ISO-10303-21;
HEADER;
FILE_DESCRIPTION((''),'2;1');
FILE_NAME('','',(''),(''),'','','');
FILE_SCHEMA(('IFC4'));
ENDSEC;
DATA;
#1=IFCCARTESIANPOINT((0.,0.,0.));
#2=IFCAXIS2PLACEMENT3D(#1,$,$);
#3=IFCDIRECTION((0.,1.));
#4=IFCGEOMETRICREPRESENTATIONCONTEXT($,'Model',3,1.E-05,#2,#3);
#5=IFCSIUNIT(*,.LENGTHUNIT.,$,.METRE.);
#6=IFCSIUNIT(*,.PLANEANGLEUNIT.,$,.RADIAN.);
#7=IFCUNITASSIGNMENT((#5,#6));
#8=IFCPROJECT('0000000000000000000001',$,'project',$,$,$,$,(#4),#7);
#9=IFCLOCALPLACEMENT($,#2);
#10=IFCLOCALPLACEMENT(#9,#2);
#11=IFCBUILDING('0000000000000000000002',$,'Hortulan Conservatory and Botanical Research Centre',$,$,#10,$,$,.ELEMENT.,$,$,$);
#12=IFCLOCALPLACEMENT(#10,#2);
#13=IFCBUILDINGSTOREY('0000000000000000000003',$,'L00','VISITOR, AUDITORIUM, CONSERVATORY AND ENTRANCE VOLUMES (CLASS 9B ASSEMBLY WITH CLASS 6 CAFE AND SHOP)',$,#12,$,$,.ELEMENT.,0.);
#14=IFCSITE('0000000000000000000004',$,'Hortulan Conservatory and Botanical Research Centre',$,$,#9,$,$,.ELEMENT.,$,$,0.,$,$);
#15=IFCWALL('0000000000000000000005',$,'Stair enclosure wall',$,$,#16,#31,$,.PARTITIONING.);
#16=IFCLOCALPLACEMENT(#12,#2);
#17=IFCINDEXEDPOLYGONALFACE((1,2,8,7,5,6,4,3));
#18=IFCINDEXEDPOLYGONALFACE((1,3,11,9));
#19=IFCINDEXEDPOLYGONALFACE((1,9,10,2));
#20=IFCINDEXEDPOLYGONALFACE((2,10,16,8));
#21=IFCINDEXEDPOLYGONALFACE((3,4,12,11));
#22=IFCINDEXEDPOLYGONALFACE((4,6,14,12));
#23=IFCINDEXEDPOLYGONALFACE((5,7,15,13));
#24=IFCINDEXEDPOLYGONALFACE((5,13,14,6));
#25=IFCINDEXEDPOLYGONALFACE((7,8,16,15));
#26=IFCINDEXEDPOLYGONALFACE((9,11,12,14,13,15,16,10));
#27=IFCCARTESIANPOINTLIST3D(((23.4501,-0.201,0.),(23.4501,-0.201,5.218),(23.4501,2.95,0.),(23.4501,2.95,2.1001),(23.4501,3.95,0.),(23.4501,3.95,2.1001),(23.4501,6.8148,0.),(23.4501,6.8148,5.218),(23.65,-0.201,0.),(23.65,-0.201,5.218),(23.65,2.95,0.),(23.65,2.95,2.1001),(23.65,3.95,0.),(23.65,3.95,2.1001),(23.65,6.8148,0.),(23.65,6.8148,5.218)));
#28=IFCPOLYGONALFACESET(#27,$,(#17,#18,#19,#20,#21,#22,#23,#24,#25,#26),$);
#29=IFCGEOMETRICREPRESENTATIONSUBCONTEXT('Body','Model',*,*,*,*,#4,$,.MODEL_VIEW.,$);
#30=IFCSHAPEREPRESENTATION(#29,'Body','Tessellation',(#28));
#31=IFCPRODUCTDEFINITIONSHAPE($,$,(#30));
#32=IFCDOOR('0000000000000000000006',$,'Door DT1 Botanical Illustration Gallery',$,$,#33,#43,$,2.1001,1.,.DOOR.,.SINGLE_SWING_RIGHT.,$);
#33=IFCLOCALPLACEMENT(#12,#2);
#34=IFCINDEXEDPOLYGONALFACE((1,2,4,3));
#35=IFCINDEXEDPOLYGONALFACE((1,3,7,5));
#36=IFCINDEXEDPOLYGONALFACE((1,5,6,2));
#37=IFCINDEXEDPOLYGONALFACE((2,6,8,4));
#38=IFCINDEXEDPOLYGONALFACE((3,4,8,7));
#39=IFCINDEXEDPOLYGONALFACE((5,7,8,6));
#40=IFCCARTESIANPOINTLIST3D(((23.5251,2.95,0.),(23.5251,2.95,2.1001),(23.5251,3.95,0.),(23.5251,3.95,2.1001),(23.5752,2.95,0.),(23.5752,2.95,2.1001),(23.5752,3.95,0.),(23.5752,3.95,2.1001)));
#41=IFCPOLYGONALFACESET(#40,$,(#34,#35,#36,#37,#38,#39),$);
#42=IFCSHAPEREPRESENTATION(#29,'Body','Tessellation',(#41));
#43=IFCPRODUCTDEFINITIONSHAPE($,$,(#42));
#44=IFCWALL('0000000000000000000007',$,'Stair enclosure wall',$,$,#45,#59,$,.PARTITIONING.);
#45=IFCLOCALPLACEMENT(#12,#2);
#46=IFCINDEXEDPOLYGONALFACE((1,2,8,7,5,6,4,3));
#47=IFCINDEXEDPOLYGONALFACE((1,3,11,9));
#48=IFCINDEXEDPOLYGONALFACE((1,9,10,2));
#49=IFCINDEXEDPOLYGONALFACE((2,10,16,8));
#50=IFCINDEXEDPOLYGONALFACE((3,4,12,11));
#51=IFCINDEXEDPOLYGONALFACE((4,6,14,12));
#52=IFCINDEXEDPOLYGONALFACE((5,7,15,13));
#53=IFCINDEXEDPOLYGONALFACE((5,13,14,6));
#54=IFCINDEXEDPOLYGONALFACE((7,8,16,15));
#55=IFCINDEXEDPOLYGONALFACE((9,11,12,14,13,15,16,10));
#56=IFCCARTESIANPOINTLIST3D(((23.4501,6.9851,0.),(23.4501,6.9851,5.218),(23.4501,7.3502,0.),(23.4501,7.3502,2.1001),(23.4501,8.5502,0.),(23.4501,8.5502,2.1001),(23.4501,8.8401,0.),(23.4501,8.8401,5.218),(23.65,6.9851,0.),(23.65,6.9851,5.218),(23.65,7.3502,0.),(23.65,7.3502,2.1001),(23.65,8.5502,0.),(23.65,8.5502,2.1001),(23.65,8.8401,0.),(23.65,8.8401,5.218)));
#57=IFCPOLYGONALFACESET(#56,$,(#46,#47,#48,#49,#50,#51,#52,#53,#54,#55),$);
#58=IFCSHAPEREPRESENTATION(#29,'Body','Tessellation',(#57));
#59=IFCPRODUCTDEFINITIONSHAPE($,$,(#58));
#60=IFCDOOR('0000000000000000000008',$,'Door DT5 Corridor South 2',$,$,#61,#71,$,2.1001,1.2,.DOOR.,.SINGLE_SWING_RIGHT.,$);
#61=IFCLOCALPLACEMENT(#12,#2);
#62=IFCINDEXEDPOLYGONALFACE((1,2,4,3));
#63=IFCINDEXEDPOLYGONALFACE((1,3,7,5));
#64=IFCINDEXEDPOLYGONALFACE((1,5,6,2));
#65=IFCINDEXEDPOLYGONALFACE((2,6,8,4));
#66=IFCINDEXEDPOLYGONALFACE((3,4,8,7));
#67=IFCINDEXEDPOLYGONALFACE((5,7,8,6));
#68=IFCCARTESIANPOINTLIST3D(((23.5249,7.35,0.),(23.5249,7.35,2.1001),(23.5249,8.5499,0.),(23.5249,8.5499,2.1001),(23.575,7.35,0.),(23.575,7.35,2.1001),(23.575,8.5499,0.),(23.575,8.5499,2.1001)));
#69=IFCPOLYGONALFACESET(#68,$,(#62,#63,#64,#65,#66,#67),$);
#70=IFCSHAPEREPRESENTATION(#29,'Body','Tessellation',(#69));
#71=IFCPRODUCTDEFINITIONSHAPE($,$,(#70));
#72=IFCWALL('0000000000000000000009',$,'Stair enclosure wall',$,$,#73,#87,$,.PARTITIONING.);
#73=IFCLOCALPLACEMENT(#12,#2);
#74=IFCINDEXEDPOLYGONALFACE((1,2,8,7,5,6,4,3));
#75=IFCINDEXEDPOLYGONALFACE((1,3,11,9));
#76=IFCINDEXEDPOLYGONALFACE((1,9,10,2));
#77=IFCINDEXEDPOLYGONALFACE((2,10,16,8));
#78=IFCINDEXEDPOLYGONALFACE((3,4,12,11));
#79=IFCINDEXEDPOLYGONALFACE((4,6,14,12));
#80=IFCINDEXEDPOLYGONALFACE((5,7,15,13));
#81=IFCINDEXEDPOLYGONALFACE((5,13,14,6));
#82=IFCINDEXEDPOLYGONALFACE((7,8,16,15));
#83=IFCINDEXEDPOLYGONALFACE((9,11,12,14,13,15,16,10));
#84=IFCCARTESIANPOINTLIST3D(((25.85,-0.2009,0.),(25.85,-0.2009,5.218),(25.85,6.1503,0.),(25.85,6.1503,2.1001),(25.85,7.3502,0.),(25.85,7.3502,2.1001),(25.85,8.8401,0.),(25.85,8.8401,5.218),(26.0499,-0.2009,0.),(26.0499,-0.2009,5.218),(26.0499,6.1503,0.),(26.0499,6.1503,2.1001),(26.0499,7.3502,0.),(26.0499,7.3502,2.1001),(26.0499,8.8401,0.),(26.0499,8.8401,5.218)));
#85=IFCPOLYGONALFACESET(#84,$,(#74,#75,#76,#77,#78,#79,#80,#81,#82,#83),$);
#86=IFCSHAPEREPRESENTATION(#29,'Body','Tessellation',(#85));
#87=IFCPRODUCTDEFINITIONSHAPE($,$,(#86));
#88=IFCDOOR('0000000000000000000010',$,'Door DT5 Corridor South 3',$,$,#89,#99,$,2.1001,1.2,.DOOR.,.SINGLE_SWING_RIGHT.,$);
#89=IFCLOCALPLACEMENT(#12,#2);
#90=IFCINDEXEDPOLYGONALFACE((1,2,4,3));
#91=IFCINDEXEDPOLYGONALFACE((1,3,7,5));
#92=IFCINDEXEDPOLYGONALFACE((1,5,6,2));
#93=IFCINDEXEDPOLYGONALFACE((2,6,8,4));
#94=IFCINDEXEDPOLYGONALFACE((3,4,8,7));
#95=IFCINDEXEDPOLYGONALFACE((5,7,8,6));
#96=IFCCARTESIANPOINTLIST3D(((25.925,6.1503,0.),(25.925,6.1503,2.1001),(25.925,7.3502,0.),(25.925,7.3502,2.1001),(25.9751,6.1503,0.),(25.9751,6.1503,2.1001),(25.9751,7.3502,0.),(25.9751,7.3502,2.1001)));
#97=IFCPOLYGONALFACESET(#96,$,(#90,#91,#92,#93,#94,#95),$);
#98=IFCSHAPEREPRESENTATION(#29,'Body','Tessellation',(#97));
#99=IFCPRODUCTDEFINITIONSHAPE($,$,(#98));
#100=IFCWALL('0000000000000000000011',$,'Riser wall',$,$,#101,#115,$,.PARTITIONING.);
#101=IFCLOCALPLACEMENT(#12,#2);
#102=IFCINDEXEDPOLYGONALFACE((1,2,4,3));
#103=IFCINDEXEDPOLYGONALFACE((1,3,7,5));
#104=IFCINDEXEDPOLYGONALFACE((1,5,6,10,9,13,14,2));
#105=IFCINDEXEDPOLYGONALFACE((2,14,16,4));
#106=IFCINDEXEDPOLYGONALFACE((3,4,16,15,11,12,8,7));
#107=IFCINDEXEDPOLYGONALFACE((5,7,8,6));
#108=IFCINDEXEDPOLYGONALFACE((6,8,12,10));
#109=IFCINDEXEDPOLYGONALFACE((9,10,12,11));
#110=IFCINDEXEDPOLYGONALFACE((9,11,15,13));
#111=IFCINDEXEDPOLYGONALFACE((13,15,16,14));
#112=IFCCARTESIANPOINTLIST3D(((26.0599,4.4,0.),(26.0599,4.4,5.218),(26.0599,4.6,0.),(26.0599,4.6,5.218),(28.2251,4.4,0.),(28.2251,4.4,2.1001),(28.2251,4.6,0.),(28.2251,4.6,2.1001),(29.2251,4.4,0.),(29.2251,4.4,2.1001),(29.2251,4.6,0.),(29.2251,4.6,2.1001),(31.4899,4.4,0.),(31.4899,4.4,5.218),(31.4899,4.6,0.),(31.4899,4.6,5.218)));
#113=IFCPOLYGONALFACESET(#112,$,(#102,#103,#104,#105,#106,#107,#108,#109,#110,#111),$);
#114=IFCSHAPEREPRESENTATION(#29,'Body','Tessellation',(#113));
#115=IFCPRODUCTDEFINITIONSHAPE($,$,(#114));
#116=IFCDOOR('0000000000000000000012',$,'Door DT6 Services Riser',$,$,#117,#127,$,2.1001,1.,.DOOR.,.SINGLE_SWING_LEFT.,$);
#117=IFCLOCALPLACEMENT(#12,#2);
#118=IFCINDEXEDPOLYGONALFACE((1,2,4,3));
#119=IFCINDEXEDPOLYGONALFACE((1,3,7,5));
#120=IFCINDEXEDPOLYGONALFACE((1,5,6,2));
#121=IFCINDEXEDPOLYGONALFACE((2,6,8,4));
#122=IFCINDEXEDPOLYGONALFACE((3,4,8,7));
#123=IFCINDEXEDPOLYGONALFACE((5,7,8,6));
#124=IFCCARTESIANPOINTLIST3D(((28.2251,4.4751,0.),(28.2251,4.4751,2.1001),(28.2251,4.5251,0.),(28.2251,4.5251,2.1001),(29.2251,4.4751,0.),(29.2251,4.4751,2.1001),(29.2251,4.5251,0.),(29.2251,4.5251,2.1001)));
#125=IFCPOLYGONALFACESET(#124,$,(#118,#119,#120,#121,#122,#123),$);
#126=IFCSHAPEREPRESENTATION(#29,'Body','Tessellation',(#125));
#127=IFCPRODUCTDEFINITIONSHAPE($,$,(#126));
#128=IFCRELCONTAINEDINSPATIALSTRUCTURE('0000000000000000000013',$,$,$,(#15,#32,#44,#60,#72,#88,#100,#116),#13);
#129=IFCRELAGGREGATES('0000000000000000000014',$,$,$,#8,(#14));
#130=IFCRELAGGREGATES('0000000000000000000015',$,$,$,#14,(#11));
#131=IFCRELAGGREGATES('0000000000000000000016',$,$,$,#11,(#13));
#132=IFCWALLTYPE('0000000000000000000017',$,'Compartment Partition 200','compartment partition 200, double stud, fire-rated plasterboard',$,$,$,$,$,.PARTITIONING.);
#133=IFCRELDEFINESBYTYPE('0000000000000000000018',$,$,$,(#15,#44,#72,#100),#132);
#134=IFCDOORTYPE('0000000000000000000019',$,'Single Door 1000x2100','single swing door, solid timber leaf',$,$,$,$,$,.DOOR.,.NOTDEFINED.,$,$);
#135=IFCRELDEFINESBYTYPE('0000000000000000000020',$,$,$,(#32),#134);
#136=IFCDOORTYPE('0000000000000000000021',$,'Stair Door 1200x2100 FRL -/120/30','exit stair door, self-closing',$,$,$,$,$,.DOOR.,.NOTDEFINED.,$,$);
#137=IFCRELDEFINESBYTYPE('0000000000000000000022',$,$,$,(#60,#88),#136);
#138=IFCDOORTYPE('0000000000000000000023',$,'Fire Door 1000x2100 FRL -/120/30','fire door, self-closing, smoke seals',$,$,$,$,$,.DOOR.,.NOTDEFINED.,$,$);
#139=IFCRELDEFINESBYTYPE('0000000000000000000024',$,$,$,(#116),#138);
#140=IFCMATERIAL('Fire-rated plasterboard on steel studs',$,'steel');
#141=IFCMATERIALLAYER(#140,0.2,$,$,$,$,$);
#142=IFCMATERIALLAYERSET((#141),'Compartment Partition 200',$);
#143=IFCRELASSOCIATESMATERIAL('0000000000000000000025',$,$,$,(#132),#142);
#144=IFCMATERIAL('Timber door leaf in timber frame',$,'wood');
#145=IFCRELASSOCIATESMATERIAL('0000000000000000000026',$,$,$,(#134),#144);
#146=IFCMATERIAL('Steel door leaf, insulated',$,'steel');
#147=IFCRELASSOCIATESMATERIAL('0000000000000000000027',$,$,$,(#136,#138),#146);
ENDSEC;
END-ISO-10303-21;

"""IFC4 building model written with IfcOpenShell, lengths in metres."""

from ifc_helpers import new_model, si_unit, direction, frame, frame_2d, origin, place, context, subcontext, project, spatial, rectangle, extrude, material, layer, layer_set, type_object, element, fill, save


model = new_model("IFC4")

# Units and contexts
model_context = context("Model", 3, precision=1e-05, world=origin(), true_north=direction((0.0, 1.0)))
body_context = subcontext(model_context, "Body", "Model", "MODEL_VIEW")
ifc_project = project(units=[si_unit("LENGTHUNIT", "METRE"), si_unit("PLANEANGLEUNIT", "RADIAN")], contexts=[model_context])

# Site, building, storey
site_placement = place(None, origin())
site = spatial("IfcSite", under=ifc_project, at=site_placement, Name="Hortulan Conservatory and Botanical Research Centre", CompositionType="ELEMENT", RefElevation=0.0)
building_placement = place(site_placement, origin())
building = spatial("IfcBuilding", under=site, at=building_placement, Name="Hortulan Conservatory and Botanical Research Centre", CompositionType="ELEMENT")
storey_placement = place(building_placement, origin())
storey = spatial("IfcBuildingStorey", under=building, at=storey_placement, Name="L00", Description="VISITOR, AUDITORIUM, CONSERVATORY AND ENTRANCE VOLUMES (CLASS 9B ASSEMBLY WITH CLASS 6 CAFE AND SHOP)", CompositionType="ELEMENT", Elevation=0.0)

# Walls, openings, doors
ifc_material_1 = material(Name="Fire-rated plasterboard on steel studs", Category="steel")
ifc_layer_1 = layer(ifc_material_1, 0.2)
ifc_layer_set_1 = layer_set([ifc_layer_1], Name="Compartment Partition 200")
wall_type_1 = type_object("IfcWallType", Name="Compartment Partition 200", Description="compartment partition 200, double stud, fire-rated plasterboard", PredefinedType="PARTITIONING", material=ifc_layer_set_1)
wall_1_placement = place(storey_placement, frame((23.55, -0.2009, 0.0), z_axis=(0.0, 0.0, 1.0), x_axis=(0.0, 1.0, 0.0)))
wall_1 = element("IfcWall", 1, at=wall_1_placement, inside=storey, type_object=wall_type_1, Name="Stair enclosure wall", PredefinedType="PARTITIONING", context=body_context, shape_type="SweptSolid", body=[
    extrude(rectangle(XDim=7.0159, YDim=0.2, at=frame_2d((3.5078, 0.0))), origin(), (0.0, 0.0, 1.0), 5.218),
])
opening_1_placement = place(wall_1_placement, frame((3.1509, 0.0, 0.0)))
opening_1 = element("IfcOpeningElement", 2, at=opening_1_placement, cuts=wall_1, PredefinedType="OPENING", context=body_context, shape_type="SweptSolid", body=[
    extrude(rectangle(XDim=1.0, YDim=2.1001, at=frame_2d((0.5, 1.05))), frame((0.0, 0.1099, 0.0), z_axis=(0.0, -1.0, 0.0), x_axis=(1.0, 0.0, 0.0)), (0.0, 0.0, 1.0), 0.22),
])
ifc_material_2 = material(Name="Timber door leaf in timber frame", Category="wood")
door_type_1 = type_object("IfcDoorType", Name="Single Door 1000x2100", Description="single swing door, solid timber leaf", OperationType="NOTDEFINED", PredefinedType="DOOR", material=ifc_material_2)
door_1_placement = place(opening_1_placement, origin())
door_1 = element("IfcDoor", 3, at=door_1_placement, inside=storey, type_object=door_type_1, Name="Door DT1 Botanical Illustration Gallery", OperationType="SINGLE_SWING_RIGHT", OverallHeight=2.1001, OverallWidth=1.0, PredefinedType="DOOR", context=body_context, shape_type="SweptSolid", body=[
    extrude(rectangle(XDim=1.0, YDim=2.1001, at=frame_2d((0.5, 1.05))), frame((0.0, 0.0249, 0.0), z_axis=(0.0, -1.0, 0.0), x_axis=(1.0, 0.0, 0.0)), (0.0, 0.0, 1.0), 0.05),
])
fill(opening_1, door_1)
wall_2_placement = place(storey_placement, frame((23.55, 6.9851, 0.0), z_axis=(0.0, 0.0, 1.0), x_axis=(0.0, 1.0, 0.0)))
wall_2 = element("IfcWall", 4, at=wall_2_placement, inside=storey, type_object=wall_type_1, Name="Stair enclosure wall", PredefinedType="PARTITIONING", context=body_context, shape_type="SweptSolid", body=[
    extrude(rectangle(XDim=1.855, YDim=0.2, at=frame_2d((0.9275, 0.0))), origin(), (0.0, 0.0, 1.0), 5.218),
])
opening_2_placement = place(wall_2_placement, frame((0.365, 0.0, 0.0)))
opening_2 = element("IfcOpeningElement", 5, at=opening_2_placement, cuts=wall_2, PredefinedType="OPENING", context=body_context, shape_type="SweptSolid", body=[
    extrude(rectangle(XDim=1.2, YDim=2.1001, at=frame_2d((0.6001, 1.05))), frame((0.0, 0.1099, 0.0), z_axis=(0.0, -1.0, 0.0), x_axis=(1.0, 0.0, 0.0)), (0.0, 0.0, 1.0), 0.22),
])
ifc_material_3 = material(Name="Steel door leaf, insulated", Category="steel")
door_type_2 = type_object("IfcDoorType", Name="Stair Door 1200x2100 FRL -/120/30", Description="exit stair door, self-closing", OperationType="NOTDEFINED", PredefinedType="DOOR", material=ifc_material_3)
door_2_placement = place(opening_2_placement, frame((1.2, 0.0, 0.0), z_axis=(0.0, 0.0, 1.0), x_axis=(-1.0, 0.0, 0.0)))
door_2 = element("IfcDoor", 6, at=door_2_placement, inside=storey, type_object=door_type_2, Name="Door DT5 Corridor South 2", OperationType="SINGLE_SWING_RIGHT", OverallHeight=2.1001, OverallWidth=1.2, PredefinedType="DOOR", context=body_context, shape_type="SweptSolid", body=[
    extrude(rectangle(XDim=1.2, YDim=2.1001, at=frame_2d((0.6001, 1.05))), frame((0.0, 0.0249, 0.0), z_axis=(0.0, -1.0, 0.0), x_axis=(1.0, 0.0, 0.0)), (0.0, 0.0, 1.0), 0.05),
])
fill(opening_2, door_2)
wall_3_placement = place(storey_placement, frame((25.95, -0.2009, 0.0), z_axis=(0.0, 0.0, 1.0), x_axis=(0.0, 1.0, 0.0)))
wall_3 = element("IfcWall", 7, at=wall_3_placement, inside=storey, type_object=wall_type_1, Name="Stair enclosure wall", PredefinedType="PARTITIONING", context=body_context, shape_type="SweptSolid", body=[
    extrude(rectangle(XDim=9.041, YDim=0.2, at=frame_2d((4.5205, 0.0))), origin(), (0.0, 0.0, 1.0), 5.218),
])
opening_3_placement = place(wall_3_placement, frame((6.3511, 0.0, 0.0)))
opening_3 = element("IfcOpeningElement", 8, at=opening_3_placement, cuts=wall_3, PredefinedType="OPENING", context=body_context, shape_type="SweptSolid", body=[
    extrude(rectangle(XDim=1.2, YDim=2.1001, at=frame_2d((0.6001, 1.05))), frame((0.0, 0.1099, 0.0), z_axis=(0.0, -1.0, 0.0), x_axis=(1.0, 0.0, 0.0)), (0.0, 0.0, 1.0), 0.22),
])
door_3_placement = place(opening_3_placement, origin())
door_3 = element("IfcDoor", 9, at=door_3_placement, inside=storey, type_object=door_type_2, Name="Door DT5 Corridor South 3", OperationType="SINGLE_SWING_RIGHT", OverallHeight=2.1001, OverallWidth=1.2, PredefinedType="DOOR", context=body_context, shape_type="SweptSolid", body=[
    extrude(rectangle(XDim=1.2, YDim=2.1001, at=frame_2d((0.6001, 1.05))), frame((0.0, 0.0249, 0.0), z_axis=(0.0, -1.0, 0.0), x_axis=(1.0, 0.0, 0.0)), (0.0, 0.0, 1.0), 0.05),
])
fill(opening_3, door_3)
wall_4_placement = place(storey_placement, frame((26.0601, 4.5, 0.0), z_axis=(0.0, 0.0, 1.0), x_axis=(1.0, 0.0, 0.0)))
wall_4 = element("IfcWall", 10, at=wall_4_placement, inside=storey, type_object=wall_type_1, Name="Riser wall", PredefinedType="PARTITIONING", context=body_context, shape_type="SweptSolid", body=[
    extrude(rectangle(XDim=5.4299, YDim=0.2, at=frame_2d((2.7148, 0.0))), origin(), (0.0, 0.0, 1.0), 5.218),
])
opening_4_placement = place(wall_4_placement, frame((2.165, 0.0, 0.0)))
opening_4 = element("IfcOpeningElement", 11, at=opening_4_placement, cuts=wall_4, PredefinedType="OPENING", context=body_context, shape_type="SweptSolid", body=[
    extrude(rectangle(XDim=1.0, YDim=2.1001, at=frame_2d((0.5, 1.05))), frame((0.0, 0.1099, 0.0), z_axis=(0.0, -1.0, 0.0), x_axis=(1.0, 0.0, 0.0)), (0.0, 0.0, 1.0), 0.22),
])
door_type_3 = type_object("IfcDoorType", Name="Fire Door 1000x2100 FRL -/120/30", Description="fire door, self-closing, smoke seals", OperationType="NOTDEFINED", PredefinedType="DOOR", material=ifc_material_3)
door_4_placement = place(opening_4_placement, frame((1.0, 0.0, 0.0), z_axis=(0.0, 0.0, 1.0), x_axis=(-1.0, 0.0, 0.0)))
door_4 = element("IfcDoor", 12, at=door_4_placement, inside=storey, type_object=door_type_3, Name="Door DT6 Services Riser", OperationType="SINGLE_SWING_LEFT", OverallHeight=2.1001, OverallWidth=1.0, PredefinedType="DOOR", context=body_context, shape_type="SweptSolid", body=[
    extrude(rectangle(XDim=1.0, YDim=2.1001, at=frame_2d((0.5, 1.05))), frame((0.0, 0.0249, 0.0), z_axis=(0.0, -1.0, 0.0), x_axis=(1.0, 0.0, 0.0)), (0.0, 0.0, 1.0), 0.05),
])
fill(opening_4, door_4)

save(model, "model.ifc")
